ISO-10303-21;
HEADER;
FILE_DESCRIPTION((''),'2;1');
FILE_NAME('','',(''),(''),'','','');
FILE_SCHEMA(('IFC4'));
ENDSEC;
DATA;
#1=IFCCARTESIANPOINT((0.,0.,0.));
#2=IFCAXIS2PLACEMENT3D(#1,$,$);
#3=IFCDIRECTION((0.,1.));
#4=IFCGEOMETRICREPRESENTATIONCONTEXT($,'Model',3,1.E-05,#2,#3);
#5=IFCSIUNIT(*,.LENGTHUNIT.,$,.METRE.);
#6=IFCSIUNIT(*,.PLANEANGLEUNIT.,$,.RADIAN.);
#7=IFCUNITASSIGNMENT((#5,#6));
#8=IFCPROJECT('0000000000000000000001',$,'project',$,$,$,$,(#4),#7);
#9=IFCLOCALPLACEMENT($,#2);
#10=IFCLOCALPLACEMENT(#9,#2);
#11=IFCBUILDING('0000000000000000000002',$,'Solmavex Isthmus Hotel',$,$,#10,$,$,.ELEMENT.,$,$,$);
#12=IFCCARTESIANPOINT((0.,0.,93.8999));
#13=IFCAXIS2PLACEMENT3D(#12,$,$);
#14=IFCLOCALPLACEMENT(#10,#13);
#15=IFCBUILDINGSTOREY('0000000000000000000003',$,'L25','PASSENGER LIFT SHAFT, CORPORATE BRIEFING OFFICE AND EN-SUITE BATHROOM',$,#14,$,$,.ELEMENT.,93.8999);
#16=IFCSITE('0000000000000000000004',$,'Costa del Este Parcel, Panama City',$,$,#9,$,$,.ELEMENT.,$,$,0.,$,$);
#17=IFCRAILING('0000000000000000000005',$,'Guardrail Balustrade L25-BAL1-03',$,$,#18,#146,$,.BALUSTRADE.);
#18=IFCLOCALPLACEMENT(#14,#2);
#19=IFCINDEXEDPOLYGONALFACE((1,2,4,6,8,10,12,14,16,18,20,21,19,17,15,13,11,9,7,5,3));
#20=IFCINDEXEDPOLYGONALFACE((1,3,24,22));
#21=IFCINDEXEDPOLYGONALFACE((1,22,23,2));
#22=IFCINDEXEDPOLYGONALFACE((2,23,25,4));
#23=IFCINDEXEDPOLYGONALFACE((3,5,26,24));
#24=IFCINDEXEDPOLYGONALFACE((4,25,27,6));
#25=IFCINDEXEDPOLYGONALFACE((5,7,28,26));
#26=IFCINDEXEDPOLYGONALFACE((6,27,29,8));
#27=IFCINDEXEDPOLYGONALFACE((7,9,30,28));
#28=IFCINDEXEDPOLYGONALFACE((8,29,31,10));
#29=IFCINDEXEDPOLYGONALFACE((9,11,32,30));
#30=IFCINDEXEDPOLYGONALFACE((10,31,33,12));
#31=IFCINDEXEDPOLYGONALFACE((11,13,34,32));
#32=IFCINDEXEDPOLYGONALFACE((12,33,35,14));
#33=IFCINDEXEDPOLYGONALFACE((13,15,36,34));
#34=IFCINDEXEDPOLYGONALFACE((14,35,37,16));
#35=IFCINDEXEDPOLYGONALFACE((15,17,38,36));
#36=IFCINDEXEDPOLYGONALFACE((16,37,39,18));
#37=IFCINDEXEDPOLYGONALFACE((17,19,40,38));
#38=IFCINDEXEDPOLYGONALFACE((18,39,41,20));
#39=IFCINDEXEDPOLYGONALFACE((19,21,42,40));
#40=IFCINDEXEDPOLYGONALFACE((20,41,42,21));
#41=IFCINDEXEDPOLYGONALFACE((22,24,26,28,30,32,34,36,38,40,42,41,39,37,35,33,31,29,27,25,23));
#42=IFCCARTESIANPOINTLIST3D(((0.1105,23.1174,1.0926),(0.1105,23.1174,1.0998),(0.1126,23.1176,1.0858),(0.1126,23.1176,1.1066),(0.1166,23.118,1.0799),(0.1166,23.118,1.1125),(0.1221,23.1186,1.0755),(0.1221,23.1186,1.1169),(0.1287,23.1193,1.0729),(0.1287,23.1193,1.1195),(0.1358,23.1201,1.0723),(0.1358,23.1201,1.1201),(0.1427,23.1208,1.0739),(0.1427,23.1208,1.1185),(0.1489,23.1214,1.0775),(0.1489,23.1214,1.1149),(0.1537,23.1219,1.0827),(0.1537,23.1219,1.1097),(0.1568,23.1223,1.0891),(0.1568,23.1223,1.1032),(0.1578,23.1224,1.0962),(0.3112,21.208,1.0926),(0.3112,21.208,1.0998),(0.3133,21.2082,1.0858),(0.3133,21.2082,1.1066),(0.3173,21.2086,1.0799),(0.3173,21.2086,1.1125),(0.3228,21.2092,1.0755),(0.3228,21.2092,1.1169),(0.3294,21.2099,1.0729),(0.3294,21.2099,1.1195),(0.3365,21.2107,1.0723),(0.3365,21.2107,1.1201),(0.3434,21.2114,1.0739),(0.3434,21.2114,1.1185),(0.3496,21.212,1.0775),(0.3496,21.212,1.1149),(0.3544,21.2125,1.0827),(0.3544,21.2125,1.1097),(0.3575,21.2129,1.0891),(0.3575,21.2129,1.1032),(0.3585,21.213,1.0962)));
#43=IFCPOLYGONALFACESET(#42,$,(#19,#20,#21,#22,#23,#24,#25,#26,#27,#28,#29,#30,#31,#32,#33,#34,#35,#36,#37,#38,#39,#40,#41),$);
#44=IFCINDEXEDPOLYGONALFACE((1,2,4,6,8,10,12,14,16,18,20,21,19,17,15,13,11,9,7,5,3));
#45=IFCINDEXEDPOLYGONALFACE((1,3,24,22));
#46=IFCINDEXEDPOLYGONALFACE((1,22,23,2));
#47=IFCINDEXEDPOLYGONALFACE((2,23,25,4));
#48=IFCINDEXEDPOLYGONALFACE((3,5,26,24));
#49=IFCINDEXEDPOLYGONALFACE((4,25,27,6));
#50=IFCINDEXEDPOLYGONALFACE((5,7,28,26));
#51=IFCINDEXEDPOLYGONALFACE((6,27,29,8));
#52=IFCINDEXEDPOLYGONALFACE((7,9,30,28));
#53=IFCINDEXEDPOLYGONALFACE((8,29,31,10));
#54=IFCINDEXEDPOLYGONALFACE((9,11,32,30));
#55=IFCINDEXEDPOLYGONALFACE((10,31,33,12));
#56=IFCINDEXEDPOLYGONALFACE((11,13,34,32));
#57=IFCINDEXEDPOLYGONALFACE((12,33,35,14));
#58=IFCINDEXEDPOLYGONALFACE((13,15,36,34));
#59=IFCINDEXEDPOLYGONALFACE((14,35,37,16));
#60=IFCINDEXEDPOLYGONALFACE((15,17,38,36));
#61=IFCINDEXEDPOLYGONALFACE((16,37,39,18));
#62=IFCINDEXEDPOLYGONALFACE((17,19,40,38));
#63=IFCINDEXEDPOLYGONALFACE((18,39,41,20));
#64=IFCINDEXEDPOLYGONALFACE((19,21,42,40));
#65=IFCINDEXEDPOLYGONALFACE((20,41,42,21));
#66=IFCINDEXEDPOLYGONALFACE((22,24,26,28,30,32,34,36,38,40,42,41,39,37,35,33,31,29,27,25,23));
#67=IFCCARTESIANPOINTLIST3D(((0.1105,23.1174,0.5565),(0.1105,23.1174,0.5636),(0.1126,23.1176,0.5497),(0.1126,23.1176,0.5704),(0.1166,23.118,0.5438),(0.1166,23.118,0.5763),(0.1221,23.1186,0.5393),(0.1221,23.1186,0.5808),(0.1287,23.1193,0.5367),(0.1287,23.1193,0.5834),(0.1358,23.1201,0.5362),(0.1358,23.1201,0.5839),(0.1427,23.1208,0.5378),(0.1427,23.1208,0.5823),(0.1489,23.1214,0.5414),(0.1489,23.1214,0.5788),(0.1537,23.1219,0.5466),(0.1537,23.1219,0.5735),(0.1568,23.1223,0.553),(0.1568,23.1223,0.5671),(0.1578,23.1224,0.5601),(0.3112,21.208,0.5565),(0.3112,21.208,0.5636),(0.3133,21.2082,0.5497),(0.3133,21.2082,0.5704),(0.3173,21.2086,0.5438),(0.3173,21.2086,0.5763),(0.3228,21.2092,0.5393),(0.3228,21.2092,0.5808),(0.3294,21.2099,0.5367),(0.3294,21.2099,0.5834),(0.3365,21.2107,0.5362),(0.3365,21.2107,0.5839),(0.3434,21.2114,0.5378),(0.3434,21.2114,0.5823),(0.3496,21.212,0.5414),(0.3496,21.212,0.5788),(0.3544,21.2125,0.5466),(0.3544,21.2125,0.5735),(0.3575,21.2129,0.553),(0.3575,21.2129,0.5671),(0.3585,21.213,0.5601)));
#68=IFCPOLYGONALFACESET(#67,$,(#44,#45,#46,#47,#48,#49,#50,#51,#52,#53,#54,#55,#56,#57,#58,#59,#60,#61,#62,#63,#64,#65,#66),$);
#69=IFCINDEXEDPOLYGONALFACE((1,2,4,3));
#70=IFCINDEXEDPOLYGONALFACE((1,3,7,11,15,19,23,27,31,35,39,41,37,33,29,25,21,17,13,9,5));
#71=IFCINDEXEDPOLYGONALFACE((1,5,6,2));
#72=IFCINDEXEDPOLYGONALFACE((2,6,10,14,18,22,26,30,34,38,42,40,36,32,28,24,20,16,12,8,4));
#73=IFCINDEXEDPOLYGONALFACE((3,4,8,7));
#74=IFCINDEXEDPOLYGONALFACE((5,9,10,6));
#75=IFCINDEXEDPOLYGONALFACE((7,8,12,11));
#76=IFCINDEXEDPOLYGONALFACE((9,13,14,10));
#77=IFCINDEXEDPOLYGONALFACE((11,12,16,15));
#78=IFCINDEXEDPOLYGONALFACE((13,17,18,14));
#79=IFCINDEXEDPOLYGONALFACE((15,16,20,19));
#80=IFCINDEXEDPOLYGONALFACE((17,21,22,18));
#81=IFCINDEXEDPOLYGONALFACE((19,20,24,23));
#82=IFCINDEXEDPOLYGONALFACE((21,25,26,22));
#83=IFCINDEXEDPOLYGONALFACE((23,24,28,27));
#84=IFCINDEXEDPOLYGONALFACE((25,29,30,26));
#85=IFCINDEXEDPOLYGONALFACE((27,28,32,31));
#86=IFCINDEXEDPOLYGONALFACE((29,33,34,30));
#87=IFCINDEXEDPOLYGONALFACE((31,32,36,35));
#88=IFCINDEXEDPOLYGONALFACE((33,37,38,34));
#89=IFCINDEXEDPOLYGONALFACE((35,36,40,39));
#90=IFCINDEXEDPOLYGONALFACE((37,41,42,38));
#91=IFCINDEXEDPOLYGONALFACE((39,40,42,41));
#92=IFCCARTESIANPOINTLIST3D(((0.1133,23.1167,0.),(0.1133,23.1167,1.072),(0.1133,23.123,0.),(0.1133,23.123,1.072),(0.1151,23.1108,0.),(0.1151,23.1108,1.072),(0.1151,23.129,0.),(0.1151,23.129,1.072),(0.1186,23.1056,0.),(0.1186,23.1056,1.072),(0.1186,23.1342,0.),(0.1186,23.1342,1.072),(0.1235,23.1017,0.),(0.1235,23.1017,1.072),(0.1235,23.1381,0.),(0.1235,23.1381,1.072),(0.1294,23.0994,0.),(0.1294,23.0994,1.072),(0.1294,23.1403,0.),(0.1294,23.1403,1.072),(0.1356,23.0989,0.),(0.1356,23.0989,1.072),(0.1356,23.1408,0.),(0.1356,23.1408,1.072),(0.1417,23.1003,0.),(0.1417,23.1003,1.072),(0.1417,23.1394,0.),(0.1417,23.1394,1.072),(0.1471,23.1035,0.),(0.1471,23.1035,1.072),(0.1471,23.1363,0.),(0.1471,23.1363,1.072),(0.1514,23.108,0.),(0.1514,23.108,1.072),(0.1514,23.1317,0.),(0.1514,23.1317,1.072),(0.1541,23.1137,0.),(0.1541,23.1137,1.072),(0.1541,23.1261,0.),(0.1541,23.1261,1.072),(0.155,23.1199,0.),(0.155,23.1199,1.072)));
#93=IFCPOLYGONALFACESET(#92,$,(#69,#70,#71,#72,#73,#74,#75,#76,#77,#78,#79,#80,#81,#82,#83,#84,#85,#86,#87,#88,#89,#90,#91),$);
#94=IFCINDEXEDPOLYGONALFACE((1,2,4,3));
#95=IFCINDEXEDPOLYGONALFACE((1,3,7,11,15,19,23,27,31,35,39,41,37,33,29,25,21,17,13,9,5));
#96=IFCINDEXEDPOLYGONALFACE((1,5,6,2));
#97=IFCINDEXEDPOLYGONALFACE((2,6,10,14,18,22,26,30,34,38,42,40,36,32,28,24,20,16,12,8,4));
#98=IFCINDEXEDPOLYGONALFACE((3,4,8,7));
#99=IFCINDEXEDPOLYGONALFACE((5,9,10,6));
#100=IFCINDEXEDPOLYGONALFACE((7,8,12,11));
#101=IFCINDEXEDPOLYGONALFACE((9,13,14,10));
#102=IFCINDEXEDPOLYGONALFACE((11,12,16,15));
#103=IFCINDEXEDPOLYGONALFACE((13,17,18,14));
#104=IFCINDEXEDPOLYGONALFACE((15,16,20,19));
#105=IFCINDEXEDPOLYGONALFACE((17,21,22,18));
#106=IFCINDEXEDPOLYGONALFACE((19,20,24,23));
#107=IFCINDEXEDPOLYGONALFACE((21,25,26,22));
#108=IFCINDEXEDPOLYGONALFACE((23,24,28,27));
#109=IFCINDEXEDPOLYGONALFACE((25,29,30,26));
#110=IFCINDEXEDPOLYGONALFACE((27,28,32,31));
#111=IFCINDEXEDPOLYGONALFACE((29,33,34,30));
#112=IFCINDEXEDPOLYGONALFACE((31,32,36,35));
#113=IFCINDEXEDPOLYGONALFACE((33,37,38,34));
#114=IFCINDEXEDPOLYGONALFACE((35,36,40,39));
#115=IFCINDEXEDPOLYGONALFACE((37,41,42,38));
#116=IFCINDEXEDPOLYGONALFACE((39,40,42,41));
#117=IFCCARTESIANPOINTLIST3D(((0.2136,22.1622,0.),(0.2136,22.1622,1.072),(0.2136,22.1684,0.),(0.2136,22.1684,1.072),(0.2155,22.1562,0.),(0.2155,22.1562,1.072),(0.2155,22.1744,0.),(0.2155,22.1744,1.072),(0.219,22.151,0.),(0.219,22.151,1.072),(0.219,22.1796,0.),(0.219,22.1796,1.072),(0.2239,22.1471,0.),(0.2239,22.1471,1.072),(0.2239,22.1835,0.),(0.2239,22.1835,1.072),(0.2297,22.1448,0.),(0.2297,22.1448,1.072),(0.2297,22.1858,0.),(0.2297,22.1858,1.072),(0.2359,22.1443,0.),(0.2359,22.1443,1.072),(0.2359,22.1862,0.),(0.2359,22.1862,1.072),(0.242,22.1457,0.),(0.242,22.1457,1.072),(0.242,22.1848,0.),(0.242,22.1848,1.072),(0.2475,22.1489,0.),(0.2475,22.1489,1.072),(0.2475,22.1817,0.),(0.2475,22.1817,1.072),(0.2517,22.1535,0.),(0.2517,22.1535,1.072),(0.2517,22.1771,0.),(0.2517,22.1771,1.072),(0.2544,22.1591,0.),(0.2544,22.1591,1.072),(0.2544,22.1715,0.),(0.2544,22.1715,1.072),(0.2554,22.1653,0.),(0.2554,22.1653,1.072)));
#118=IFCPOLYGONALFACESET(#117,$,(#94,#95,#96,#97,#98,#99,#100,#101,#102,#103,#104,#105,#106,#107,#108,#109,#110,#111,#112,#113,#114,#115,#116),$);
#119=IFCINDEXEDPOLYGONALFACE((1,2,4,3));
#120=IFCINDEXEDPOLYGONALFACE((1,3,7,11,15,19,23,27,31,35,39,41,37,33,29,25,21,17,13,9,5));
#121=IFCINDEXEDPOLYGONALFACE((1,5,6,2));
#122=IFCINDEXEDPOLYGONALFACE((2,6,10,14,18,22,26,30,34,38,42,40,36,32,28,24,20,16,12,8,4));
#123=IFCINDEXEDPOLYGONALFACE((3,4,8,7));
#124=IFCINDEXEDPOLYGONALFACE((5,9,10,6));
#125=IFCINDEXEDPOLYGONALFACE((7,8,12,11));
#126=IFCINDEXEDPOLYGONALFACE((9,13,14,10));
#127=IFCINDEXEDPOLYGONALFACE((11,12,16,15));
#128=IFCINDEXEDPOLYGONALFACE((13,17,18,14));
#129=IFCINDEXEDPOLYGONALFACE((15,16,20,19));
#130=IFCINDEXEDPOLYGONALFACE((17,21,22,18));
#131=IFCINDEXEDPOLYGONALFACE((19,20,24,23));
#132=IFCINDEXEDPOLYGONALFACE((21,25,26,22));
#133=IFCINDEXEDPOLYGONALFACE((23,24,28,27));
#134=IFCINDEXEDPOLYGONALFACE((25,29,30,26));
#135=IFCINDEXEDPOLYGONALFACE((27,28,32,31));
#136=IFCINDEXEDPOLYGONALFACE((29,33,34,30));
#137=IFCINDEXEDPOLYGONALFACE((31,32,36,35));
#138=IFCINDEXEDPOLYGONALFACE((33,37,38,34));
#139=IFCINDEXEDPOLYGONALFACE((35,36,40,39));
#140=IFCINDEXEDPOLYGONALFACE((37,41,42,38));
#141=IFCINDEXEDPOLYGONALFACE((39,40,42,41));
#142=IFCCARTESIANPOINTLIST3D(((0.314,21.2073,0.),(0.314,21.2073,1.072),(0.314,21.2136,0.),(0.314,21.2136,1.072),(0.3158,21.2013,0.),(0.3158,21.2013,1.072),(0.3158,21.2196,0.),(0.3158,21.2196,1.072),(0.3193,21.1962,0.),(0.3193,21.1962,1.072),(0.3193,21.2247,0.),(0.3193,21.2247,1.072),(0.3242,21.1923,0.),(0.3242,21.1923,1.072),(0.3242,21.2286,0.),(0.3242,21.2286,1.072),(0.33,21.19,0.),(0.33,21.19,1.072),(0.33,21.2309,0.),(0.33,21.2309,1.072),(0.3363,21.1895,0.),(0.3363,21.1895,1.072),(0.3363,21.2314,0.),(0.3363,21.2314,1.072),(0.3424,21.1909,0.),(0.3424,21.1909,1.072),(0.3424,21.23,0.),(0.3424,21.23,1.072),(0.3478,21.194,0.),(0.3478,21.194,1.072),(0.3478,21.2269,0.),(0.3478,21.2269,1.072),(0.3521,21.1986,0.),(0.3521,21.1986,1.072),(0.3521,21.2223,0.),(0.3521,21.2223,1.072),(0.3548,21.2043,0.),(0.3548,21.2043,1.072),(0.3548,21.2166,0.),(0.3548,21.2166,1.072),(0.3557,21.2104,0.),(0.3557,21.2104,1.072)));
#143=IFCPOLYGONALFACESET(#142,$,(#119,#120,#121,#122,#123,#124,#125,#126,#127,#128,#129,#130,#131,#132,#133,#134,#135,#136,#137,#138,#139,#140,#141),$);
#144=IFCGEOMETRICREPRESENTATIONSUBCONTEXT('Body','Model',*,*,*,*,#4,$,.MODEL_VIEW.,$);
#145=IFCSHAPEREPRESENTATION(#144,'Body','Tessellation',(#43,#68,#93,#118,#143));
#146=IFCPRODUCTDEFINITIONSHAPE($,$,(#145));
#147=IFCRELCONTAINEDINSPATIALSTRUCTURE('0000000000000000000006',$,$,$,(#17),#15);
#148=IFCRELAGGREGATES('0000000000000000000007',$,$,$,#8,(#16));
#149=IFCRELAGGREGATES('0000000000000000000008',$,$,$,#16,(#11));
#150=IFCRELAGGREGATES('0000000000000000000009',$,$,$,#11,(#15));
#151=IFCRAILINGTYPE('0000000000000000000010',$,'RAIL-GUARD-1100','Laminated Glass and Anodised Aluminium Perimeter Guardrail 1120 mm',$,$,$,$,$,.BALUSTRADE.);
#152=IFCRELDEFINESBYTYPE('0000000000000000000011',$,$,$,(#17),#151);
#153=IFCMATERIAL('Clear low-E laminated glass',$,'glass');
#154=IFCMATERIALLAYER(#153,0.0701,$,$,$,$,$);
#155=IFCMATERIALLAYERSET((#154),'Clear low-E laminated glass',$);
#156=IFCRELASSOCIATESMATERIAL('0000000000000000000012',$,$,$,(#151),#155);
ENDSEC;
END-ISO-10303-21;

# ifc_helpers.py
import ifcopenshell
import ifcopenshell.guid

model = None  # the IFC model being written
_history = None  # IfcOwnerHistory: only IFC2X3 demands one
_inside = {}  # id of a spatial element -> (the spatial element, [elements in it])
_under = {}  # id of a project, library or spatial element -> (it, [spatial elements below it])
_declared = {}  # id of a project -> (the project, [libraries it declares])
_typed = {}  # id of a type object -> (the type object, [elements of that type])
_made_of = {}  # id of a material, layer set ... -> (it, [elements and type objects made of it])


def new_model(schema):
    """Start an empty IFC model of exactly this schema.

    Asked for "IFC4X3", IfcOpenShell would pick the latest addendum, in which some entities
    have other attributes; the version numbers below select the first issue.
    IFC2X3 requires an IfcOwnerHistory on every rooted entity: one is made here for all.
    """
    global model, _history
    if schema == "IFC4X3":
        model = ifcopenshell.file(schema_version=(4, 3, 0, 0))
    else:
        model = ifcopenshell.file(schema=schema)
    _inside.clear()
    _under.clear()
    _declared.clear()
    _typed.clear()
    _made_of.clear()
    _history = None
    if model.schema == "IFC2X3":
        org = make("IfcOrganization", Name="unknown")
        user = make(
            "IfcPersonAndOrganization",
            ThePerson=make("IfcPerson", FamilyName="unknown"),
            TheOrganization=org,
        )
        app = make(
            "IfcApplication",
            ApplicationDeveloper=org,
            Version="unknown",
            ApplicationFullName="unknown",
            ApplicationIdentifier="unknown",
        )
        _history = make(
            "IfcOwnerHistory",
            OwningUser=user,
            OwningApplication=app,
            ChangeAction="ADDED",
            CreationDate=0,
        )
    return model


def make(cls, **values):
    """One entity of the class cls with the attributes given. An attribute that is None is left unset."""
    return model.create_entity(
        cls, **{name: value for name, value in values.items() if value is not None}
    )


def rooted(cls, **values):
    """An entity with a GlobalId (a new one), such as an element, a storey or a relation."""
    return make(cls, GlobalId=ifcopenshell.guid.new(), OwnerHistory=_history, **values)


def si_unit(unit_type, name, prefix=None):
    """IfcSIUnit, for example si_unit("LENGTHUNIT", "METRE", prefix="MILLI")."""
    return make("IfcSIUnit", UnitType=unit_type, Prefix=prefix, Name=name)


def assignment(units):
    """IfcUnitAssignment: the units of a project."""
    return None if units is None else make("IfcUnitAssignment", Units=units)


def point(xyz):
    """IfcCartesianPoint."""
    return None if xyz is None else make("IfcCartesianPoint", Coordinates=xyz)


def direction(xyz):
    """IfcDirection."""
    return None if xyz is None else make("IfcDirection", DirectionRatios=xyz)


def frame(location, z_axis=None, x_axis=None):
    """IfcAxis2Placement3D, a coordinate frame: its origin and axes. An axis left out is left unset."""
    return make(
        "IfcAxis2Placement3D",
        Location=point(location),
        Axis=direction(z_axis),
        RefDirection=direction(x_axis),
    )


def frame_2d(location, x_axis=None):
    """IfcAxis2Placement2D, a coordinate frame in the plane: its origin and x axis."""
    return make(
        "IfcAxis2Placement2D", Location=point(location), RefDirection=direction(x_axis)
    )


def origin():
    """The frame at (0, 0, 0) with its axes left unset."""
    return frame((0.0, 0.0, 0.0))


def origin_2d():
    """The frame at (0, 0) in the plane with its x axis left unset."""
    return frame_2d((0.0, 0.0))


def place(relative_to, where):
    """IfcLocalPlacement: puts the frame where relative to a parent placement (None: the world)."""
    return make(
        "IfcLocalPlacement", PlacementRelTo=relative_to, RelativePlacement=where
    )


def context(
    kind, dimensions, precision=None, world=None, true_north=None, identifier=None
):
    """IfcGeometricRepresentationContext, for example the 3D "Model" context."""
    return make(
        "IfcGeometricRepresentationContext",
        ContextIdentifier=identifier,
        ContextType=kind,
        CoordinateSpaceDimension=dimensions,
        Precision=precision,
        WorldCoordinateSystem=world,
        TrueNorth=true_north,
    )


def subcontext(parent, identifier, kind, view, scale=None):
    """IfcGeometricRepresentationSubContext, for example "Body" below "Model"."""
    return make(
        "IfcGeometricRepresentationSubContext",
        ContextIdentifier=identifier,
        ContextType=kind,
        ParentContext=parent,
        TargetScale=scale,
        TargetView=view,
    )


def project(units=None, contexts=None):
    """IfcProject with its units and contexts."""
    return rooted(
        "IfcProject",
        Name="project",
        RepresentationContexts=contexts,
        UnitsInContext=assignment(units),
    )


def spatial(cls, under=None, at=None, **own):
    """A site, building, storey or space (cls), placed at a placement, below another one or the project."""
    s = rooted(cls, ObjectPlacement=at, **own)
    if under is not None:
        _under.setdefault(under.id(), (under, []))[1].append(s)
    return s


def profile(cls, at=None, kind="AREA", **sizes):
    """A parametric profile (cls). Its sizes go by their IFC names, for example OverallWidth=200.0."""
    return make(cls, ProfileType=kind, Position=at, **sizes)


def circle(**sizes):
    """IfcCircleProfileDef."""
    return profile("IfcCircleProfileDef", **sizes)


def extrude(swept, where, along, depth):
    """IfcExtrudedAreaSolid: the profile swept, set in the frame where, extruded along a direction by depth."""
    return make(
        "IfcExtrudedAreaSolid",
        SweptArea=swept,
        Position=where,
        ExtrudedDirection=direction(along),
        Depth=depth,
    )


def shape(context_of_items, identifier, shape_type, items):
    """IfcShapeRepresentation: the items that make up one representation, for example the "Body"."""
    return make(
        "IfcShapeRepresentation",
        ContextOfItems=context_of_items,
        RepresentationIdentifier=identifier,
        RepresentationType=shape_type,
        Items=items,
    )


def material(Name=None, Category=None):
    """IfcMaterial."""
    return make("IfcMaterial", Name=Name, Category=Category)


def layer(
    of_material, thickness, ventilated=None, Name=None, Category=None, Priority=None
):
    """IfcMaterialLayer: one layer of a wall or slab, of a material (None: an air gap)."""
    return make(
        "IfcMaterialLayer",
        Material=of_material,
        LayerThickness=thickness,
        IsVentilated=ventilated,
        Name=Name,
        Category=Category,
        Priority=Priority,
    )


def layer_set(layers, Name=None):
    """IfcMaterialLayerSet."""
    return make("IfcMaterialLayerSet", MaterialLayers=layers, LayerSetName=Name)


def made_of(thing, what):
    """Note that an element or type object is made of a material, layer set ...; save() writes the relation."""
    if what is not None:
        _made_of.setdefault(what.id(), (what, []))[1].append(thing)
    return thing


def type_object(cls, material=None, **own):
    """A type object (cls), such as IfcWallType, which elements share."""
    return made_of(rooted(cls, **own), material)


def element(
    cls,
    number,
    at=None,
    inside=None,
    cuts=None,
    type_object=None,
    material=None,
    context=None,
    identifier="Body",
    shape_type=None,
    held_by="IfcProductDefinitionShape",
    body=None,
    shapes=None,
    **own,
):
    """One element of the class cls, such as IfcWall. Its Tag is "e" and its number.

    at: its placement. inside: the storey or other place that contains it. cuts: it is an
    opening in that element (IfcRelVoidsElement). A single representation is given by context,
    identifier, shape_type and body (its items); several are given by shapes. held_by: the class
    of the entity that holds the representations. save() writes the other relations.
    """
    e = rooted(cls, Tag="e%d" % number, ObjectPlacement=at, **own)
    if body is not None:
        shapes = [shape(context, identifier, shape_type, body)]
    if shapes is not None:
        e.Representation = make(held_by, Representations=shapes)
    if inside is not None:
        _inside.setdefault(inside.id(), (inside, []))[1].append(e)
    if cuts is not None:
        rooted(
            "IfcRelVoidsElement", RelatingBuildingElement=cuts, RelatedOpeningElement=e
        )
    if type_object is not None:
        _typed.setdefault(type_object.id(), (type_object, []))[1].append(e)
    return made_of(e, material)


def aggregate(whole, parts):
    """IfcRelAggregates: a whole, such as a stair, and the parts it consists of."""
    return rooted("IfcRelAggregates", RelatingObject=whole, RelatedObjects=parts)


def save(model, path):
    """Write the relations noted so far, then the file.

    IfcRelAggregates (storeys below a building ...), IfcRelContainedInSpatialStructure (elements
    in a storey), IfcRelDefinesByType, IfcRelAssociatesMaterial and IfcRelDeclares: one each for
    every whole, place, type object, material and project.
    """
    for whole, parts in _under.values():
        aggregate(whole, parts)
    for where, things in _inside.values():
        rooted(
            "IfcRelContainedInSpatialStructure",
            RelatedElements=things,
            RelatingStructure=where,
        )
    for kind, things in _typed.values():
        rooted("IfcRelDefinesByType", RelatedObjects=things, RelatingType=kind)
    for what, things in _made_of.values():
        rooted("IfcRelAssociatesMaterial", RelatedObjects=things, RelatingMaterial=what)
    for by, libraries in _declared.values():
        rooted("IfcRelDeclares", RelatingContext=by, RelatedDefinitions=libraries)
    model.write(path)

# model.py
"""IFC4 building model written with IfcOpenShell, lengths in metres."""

from ifc_helpers import new_model, si_unit, direction, frame, origin, origin_2d, place, context, subcontext, project, spatial, circle, extrude, material, layer, layer_set, type_object, element, save


model = new_model("IFC4")

# Units and contexts
model_context = context("Model", 3, precision=1e-05, world=origin(), true_north=direction((0.0, 1.0)))
body_context = subcontext(model_context, "Body", "Model", "MODEL_VIEW")
ifc_project = project(units=[si_unit("LENGTHUNIT", "METRE"), si_unit("PLANEANGLEUNIT", "RADIAN")], contexts=[model_context])

# Site, building, storey
site_placement = place(None, origin())
site = spatial("IfcSite", under=ifc_project, at=site_placement, Name="Costa del Este Parcel, Panama City", CompositionType="ELEMENT", RefElevation=0.0)
building_placement = place(site_placement, origin())
building = spatial("IfcBuilding", under=site, at=building_placement, Name="Solmavex Isthmus Hotel", CompositionType="ELEMENT")
storey_placement = place(building_placement, frame((0.0, 0.0, 93.8999)))
storey = spatial("IfcBuildingStorey", under=building, at=storey_placement, Name="L25", Description="PASSENGER LIFT SHAFT, CORPORATE BRIEFING OFFICE AND EN-SUITE BATHROOM", CompositionType="ELEMENT", Elevation=93.8999)

# Shared definitions
ifc_material_1 = material(Name="Clear low-E laminated glass", Category="glass")

# Railing
ifc_layer_1 = layer(ifc_material_1, 0.0701)
ifc_layer_set_1 = layer_set([ifc_layer_1], Name="Clear low-E laminated glass")
railing_type = type_object("IfcRailingType", Name="RAIL-GUARD-1100", Description="Laminated Glass and Anodised Aluminium Perimeter Guardrail 1120 mm", PredefinedType="BALUSTRADE", material=ifc_layer_set_1)
railing_1_placement = place(storey_placement, frame((0.134, 23.1199, 0.0)))
element("IfcRailing", 1, at=railing_1_placement, inside=storey, type_object=railing_type, Name="Guardrail Balustrade L25-BAL1-03", PredefinedType="BALUSTRADE", context=body_context, shape_type="SweptSolid", body=[
    extrude(circle(Radius=0.0239, at=origin_2d()), frame((0.0, 0.0, 1.0962), z_axis=(0.104526, -0.994522, 0.0), x_axis=(0.994522, 0.104526, 0.0)), (0.0, 0.0, 1.0), 1.9199),
    extrude(circle(Radius=0.0239, at=origin_2d()), frame((0.0, 0.0, 0.5601), z_axis=(0.104526, -0.994522, 0.0), x_axis=(0.994522, 0.104526, 0.0)), (0.0, 0.0, 1.0), 1.9199),
    extrude(circle(Radius=0.021, at=origin_2d()), origin(), (0.0, 0.0, 1.0), 1.072),
    extrude(circle(Radius=0.021, at=origin_2d()), frame((0.1003, -0.9546, 0.0)), (0.0, 0.0, 1.0), 1.072),
    extrude(circle(Radius=0.021, at=origin_2d()), frame((0.2007, -1.9094, 0.0)), (0.0, 0.0, 1.0), 1.072),
])

save(model, "model.ifc")
